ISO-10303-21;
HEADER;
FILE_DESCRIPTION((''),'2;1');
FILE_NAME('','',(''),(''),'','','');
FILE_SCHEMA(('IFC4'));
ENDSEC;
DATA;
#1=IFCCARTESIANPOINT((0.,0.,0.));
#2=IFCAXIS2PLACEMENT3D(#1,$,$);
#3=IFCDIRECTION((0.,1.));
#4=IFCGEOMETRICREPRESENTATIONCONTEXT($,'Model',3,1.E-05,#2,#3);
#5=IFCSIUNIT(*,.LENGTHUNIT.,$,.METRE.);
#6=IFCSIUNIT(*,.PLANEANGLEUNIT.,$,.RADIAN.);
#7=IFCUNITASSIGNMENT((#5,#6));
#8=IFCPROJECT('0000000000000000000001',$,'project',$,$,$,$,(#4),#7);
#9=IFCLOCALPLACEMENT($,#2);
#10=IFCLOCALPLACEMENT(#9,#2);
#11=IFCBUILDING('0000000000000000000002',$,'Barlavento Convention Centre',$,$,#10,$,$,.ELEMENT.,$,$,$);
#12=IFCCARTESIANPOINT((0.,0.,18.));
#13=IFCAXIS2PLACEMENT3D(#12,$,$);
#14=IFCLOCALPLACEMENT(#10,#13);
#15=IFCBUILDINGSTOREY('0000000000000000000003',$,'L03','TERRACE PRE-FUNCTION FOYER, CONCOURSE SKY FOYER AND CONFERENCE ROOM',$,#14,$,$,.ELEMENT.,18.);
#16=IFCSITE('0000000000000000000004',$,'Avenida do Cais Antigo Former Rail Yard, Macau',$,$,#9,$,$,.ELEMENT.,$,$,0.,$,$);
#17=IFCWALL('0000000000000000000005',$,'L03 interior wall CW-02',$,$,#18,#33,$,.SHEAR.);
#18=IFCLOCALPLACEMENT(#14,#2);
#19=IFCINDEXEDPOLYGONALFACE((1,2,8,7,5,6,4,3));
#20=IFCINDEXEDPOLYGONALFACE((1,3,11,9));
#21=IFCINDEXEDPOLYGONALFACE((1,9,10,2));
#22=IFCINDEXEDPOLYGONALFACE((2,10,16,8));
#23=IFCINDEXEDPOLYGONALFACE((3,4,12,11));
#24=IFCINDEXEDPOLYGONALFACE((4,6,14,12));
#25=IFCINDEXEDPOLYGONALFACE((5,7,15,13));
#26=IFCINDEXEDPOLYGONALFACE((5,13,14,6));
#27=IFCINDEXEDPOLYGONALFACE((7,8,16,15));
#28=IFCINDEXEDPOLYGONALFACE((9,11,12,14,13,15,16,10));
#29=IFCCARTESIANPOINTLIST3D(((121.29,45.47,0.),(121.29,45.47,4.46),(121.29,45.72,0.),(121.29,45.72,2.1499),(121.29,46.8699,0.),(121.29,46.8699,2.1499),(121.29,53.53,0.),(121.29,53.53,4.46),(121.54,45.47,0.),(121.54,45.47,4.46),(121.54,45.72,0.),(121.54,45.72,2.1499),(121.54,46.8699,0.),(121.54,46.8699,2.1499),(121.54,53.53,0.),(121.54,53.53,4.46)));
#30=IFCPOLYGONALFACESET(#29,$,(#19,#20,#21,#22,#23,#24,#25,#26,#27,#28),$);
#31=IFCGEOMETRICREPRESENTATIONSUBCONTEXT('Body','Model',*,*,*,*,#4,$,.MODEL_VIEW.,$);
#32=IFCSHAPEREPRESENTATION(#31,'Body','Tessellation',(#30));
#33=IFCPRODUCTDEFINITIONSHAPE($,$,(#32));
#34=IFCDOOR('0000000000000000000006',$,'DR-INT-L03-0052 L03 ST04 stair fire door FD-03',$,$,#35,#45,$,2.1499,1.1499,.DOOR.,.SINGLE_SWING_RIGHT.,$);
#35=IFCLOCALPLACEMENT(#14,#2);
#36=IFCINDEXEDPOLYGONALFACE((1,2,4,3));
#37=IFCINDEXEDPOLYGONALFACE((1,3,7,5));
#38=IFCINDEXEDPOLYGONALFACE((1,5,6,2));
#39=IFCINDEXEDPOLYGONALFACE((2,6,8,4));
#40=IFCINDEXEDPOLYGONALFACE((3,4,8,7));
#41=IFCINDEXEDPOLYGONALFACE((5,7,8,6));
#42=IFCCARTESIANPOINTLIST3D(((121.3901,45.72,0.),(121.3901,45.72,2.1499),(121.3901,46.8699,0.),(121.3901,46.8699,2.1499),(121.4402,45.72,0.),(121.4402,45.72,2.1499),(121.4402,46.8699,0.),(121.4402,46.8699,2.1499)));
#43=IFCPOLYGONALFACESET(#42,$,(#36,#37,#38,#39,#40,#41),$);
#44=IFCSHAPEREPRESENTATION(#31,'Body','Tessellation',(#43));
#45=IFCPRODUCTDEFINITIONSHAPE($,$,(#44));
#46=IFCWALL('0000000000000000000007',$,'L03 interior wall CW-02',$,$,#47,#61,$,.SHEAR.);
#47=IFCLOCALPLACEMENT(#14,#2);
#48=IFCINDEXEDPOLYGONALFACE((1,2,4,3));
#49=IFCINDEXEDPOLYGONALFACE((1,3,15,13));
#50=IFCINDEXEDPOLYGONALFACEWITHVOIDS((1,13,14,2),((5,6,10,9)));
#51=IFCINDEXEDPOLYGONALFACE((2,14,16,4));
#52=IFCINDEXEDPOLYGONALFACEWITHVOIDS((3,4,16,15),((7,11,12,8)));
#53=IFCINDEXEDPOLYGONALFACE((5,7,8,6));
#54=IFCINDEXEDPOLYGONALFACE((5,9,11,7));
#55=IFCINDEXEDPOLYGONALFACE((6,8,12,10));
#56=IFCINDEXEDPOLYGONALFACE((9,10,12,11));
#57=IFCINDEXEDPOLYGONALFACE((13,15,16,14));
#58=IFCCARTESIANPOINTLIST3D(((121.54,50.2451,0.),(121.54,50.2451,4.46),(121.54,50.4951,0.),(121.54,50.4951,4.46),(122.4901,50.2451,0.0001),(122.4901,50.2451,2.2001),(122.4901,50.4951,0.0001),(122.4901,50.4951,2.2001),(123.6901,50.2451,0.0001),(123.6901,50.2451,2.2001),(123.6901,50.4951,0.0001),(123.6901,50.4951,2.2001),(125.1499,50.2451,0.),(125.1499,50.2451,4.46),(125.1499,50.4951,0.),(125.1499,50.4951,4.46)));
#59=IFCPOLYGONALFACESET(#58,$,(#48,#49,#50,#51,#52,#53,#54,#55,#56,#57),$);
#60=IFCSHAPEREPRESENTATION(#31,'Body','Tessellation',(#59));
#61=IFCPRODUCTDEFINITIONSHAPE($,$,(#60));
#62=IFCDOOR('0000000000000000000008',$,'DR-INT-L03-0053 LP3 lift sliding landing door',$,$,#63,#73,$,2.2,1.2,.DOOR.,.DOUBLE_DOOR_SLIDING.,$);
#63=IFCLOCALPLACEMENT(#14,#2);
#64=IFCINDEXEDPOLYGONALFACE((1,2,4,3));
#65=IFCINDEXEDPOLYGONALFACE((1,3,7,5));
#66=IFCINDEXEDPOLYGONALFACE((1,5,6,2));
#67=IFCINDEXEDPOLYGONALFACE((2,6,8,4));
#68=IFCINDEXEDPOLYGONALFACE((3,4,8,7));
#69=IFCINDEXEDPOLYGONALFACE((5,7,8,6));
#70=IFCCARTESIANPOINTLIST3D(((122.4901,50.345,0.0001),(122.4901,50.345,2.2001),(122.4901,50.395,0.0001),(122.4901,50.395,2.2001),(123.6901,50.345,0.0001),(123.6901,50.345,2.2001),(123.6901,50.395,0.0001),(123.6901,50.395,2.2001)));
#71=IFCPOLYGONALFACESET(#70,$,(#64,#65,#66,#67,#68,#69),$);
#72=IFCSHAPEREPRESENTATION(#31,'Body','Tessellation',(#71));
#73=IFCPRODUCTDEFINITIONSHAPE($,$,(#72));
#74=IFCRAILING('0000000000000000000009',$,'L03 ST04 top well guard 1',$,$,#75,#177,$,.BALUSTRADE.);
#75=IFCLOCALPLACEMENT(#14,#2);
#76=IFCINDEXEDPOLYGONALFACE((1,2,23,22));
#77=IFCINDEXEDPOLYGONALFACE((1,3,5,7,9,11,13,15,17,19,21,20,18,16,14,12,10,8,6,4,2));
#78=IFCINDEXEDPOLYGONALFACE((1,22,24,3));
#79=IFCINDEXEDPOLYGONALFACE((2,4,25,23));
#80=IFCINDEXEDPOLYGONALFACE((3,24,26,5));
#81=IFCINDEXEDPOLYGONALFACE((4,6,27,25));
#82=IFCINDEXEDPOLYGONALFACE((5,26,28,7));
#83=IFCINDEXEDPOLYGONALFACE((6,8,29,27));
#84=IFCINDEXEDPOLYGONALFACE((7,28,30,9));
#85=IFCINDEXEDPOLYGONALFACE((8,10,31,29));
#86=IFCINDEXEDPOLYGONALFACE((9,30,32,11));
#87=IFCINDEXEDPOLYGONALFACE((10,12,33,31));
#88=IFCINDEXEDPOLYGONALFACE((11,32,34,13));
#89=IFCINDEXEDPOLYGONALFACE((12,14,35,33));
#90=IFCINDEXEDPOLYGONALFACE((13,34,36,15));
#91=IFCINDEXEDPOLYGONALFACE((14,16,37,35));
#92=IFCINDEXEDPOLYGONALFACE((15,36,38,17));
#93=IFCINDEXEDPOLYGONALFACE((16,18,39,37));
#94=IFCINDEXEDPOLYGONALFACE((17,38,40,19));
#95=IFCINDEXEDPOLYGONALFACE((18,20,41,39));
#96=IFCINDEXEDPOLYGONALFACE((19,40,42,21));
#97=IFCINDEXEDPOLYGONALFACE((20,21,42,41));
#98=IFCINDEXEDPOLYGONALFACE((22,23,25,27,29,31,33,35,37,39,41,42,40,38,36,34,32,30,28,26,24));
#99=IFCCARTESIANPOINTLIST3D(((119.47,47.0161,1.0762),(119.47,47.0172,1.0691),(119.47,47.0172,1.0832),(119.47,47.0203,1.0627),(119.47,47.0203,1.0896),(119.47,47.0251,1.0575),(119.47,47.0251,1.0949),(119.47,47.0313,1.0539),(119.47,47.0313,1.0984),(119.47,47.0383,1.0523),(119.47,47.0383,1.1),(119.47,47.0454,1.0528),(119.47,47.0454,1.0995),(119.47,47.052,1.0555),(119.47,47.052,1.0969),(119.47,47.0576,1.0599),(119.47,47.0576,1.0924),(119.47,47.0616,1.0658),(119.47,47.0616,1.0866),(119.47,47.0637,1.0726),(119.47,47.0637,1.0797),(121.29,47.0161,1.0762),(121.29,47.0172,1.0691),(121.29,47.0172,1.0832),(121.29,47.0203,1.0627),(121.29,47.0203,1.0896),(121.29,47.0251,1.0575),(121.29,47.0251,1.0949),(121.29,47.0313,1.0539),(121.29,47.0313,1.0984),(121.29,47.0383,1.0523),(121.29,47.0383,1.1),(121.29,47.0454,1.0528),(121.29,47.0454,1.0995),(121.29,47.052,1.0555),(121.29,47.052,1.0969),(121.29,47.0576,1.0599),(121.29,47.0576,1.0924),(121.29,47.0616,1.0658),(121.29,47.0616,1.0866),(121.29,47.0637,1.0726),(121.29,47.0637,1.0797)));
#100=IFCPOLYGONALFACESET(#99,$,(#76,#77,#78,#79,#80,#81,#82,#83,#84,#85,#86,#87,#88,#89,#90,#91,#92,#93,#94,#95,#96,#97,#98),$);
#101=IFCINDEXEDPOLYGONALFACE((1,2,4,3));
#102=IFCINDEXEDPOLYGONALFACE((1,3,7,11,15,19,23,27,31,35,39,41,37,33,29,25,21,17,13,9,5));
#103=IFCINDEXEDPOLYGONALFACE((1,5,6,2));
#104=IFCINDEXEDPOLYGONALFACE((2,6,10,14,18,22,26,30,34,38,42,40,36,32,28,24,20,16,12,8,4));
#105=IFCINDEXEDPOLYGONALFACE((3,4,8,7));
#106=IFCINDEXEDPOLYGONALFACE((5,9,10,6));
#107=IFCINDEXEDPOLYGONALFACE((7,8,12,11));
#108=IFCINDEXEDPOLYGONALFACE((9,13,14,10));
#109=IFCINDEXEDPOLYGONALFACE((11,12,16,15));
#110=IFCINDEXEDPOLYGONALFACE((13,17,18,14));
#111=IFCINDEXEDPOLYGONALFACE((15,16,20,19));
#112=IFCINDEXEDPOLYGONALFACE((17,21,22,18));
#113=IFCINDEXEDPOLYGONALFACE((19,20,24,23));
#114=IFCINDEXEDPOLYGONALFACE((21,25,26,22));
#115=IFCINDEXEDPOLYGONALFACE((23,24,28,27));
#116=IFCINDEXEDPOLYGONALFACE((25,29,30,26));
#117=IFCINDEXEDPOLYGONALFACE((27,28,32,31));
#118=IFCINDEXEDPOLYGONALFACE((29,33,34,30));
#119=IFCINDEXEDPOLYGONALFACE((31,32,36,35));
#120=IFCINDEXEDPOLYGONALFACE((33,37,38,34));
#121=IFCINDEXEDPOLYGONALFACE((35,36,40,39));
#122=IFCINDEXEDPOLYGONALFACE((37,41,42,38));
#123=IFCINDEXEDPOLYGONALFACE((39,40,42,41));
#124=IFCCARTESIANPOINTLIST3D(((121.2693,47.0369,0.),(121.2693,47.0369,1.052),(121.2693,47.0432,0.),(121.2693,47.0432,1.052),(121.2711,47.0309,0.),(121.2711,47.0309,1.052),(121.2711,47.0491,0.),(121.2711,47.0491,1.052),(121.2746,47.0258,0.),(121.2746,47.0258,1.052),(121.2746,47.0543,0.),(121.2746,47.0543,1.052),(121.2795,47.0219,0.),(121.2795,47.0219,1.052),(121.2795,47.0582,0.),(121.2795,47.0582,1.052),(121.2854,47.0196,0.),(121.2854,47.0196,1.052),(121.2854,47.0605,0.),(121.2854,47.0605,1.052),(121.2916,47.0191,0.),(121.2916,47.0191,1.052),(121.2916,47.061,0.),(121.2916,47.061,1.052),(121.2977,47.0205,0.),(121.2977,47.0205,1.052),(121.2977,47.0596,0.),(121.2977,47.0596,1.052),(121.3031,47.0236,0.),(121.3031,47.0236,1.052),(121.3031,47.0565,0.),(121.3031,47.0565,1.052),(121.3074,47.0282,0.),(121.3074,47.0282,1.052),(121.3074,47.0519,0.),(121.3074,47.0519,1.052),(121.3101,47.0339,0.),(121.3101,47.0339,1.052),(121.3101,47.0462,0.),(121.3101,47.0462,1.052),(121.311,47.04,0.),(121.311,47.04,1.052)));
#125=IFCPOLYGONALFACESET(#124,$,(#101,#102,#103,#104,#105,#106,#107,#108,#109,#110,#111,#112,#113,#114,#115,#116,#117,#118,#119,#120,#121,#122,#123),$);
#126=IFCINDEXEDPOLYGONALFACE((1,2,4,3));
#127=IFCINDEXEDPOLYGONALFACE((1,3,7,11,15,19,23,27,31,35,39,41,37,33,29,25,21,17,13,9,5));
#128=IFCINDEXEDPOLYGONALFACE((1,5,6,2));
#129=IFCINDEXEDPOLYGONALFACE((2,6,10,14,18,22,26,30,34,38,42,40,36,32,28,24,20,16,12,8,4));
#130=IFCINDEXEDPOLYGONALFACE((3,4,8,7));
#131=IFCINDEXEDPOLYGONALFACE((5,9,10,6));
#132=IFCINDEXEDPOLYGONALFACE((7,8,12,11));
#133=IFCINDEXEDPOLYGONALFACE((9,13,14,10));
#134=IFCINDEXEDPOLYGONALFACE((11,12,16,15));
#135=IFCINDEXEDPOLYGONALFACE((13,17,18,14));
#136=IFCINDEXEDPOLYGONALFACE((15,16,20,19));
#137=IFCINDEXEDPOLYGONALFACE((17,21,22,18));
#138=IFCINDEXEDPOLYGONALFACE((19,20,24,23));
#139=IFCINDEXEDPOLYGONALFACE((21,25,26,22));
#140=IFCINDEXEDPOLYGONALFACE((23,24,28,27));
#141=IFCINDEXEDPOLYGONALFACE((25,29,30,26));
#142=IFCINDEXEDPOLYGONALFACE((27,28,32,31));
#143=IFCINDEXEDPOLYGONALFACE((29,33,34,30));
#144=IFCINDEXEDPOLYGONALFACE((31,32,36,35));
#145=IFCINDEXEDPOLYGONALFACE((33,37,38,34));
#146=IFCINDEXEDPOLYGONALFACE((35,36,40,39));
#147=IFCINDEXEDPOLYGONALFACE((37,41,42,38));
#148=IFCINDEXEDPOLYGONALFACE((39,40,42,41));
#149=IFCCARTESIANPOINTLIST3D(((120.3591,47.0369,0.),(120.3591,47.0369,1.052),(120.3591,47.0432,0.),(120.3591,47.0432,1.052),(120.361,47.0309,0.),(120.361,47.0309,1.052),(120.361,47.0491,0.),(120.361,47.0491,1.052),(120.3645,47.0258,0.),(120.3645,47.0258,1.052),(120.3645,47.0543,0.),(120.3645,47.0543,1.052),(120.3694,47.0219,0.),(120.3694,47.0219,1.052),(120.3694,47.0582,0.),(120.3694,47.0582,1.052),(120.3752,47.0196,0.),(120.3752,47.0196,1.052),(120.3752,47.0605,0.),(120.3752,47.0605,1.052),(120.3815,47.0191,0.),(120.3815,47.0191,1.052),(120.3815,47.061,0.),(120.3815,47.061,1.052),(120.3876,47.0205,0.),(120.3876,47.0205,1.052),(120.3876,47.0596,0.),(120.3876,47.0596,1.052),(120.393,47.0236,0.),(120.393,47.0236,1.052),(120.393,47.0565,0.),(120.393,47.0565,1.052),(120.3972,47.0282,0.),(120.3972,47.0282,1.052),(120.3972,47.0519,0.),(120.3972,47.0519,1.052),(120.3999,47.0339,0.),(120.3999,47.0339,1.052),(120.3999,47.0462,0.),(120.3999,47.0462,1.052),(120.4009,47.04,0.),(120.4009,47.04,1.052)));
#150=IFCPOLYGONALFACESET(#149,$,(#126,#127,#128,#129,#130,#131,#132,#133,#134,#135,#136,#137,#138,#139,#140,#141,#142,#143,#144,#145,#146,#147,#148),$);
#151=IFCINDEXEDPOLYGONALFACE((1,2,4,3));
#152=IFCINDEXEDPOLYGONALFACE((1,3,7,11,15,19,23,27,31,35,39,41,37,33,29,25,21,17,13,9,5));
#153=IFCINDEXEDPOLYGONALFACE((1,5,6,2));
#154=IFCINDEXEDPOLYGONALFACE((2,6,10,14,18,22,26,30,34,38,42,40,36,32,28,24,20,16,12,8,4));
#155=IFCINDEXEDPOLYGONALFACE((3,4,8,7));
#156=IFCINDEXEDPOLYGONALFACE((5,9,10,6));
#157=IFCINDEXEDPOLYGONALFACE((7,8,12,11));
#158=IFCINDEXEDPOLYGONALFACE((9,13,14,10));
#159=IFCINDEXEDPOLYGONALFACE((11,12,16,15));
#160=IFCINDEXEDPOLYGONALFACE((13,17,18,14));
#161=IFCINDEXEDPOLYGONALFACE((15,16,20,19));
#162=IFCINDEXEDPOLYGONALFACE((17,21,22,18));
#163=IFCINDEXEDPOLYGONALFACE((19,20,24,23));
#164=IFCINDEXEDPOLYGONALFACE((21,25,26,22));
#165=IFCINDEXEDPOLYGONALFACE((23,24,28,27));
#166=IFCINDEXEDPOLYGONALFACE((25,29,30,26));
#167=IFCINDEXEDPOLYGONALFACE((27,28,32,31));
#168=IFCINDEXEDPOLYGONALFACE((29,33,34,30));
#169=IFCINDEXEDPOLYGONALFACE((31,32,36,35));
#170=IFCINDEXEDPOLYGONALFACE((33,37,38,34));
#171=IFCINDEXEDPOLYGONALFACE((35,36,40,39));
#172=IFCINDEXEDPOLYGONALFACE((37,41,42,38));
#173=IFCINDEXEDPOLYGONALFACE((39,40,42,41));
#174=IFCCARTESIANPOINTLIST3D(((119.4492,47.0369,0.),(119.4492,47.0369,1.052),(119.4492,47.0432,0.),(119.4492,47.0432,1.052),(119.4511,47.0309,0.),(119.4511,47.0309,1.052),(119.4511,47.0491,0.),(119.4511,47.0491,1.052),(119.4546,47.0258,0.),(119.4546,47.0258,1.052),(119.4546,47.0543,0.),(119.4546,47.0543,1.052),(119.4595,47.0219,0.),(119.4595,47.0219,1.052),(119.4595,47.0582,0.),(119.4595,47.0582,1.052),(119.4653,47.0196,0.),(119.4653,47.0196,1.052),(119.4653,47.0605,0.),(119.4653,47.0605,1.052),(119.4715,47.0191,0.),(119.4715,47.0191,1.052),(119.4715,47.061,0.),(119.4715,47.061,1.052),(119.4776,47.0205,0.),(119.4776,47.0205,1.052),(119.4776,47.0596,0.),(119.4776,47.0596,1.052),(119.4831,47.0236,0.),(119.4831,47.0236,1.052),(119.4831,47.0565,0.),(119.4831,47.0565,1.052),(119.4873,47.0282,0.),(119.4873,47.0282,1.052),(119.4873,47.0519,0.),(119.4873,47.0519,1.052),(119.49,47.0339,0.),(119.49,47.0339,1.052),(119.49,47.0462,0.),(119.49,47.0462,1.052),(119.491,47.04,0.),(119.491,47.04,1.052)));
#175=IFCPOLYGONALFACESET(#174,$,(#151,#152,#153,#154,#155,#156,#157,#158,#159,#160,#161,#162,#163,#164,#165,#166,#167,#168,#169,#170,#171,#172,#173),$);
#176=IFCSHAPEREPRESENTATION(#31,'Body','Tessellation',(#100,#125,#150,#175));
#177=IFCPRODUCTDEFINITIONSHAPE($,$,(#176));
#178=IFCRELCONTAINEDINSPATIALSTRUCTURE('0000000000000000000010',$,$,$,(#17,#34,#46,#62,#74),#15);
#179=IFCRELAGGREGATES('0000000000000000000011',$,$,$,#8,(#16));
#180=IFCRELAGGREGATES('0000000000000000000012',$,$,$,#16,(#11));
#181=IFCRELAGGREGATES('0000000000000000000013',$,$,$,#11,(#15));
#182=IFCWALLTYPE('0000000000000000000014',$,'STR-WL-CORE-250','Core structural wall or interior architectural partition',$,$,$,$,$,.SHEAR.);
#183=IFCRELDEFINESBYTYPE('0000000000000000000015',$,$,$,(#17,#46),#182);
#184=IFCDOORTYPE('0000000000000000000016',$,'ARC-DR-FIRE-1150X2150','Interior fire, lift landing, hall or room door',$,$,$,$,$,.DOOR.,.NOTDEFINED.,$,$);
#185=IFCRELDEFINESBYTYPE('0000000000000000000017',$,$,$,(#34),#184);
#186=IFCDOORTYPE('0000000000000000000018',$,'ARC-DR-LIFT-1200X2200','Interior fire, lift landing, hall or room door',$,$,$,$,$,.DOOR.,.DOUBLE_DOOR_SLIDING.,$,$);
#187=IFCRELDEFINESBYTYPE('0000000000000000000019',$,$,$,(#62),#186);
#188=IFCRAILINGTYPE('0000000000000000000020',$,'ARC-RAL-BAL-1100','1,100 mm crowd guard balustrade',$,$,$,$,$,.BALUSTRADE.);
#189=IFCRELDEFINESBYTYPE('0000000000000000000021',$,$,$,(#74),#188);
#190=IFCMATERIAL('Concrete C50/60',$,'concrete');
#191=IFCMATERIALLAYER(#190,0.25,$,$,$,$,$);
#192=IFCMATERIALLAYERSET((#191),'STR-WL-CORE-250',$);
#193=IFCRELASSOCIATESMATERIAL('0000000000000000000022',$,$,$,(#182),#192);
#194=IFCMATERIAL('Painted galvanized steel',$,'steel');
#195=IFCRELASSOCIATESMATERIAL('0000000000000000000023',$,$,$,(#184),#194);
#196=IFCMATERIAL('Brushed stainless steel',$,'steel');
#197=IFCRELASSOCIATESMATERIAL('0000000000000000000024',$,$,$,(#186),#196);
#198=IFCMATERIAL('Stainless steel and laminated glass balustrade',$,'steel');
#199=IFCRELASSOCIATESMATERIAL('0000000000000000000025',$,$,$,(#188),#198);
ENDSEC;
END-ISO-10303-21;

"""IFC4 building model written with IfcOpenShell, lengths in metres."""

from ifc_helpers import new_model, si_unit, direction, frame, frame_2d, origin, origin_2d, place, context, subcontext, project, spatial, rectangle, circle, extrude, material, layer, layer_set, type_object, element, fill, save


model = new_model("IFC4")

# Units and contexts
model_context = context("Model", 3, precision=1e-05, world=origin(), true_north=direction((0.0, 1.0)))
body_context = subcontext(model_context, "Body", "Model", "MODEL_VIEW")
ifc_project = project(units=[si_unit("LENGTHUNIT", "METRE"), si_unit("PLANEANGLEUNIT", "RADIAN")], contexts=[model_context])

# Site, building, storey
site_placement = place(None, origin())
site = spatial("IfcSite", under=ifc_project, at=site_placement, Name="Avenida do Cais Antigo Former Rail Yard, Macau", CompositionType="ELEMENT", RefElevation=0.0)
building_placement = place(site_placement, origin())
building = spatial("IfcBuilding", under=site, at=building_placement, Name="Barlavento Convention Centre", CompositionType="ELEMENT")
storey_placement = place(building_placement, frame((0.0, 0.0, 18.0)))
storey = spatial("IfcBuildingStorey", under=building, at=storey_placement, Name="L03", Description="TERRACE PRE-FUNCTION FOYER, CONCOURSE SKY FOYER AND CONFERENCE ROOM", CompositionType="ELEMENT", Elevation=18.0)

# Walls, openings, doors
ifc_material_1 = material(Name="Concrete C50/60", Category="concrete")
ifc_layer_1 = layer(ifc_material_1, 0.25)
ifc_layer_set_1 = layer_set([ifc_layer_1], Name="STR-WL-CORE-250")
wall_type = type_object("IfcWallType", Name="STR-WL-CORE-250", Description="Core structural wall or interior architectural partition", PredefinedType="SHEAR", material=ifc_layer_set_1)
ifc_material_2 = material(Name="Painted galvanized steel", Category="steel")
wall_1_placement = place(storey_placement, frame((121.415, 45.47, 0.0), z_axis=(0.0, 0.0, 1.0), x_axis=(0.0, 1.0, 0.0)))
wall_1 = element("IfcWall", 1, at=wall_1_placement, inside=storey, type_object=wall_type, Name="L03 interior wall CW-02", PredefinedType="SHEAR", context=body_context, shape_type="SweptSolid", body=[
    extrude(rectangle(XDim=8.0601, YDim=0.25, at=frame_2d((4.03, 0.0))), origin(), (0.0, 0.0, 1.0), 4.46),
])
opening_1_placement = place(wall_1_placement, frame((0.25, 0.0, 0.0)))
opening_1 = element("IfcOpeningElement", 2, at=opening_1_placement, cuts=wall_1, PredefinedType="OPENING", context=body_context, shape_type="SweptSolid", body=[
    extrude(rectangle(XDim=1.1499, YDim=2.1499, at=frame_2d((0.575, 1.075))), frame((0.0, 0.135, 0.0), z_axis=(0.0, -1.0, 0.0), x_axis=(1.0, 0.0, 0.0)), (0.0, 0.0, 1.0), 0.27),
])
door_type_1 = type_object("IfcDoorType", Name="ARC-DR-FIRE-1150X2150", Description="Interior fire, lift landing, hall or room door", OperationType="NOTDEFINED", PredefinedType="DOOR", material=ifc_material_2)
door_1_placement = place(opening_1_placement, origin())
door_1 = element("IfcDoor", 3, at=door_1_placement, inside=storey, type_object=door_type_1, Name="DR-INT-L03-0052 L03 ST04 stair fire door FD-03", OperationType="SINGLE_SWING_RIGHT", OverallHeight=2.1499, OverallWidth=1.1499, PredefinedType="DOOR", context=body_context, shape_type="SweptSolid", body=[
    extrude(rectangle(XDim=1.1499, YDim=2.1499, at=frame_2d((0.575, 1.075))), frame((0.0, 0.0249, 0.0), z_axis=(0.0, -1.0, 0.0), x_axis=(1.0, 0.0, 0.0)), (0.0, 0.0, 1.0), 0.05),
])
fill(opening_1, door_1)
wall_2_placement = place(storey_placement, frame((121.54, 50.3701, 0.0), z_axis=(0.0, 0.0, 1.0), x_axis=(1.0, 0.0, 0.0)))
wall_2 = element("IfcWall", 4, at=wall_2_placement, inside=storey, type_object=wall_type, Name="L03 interior wall CW-02", PredefinedType="SHEAR", context=body_context, shape_type="SweptSolid", body=[
    extrude(rectangle(XDim=3.6099, YDim=0.25, at=frame_2d((1.8049, 0.0))), origin(), (0.0, 0.0, 1.0), 4.46),
])
opening_2_placement = place(wall_2_placement, frame((0.95, 0.0, 0.0)))
opening_2 = element("IfcOpeningElement", 5, at=opening_2_placement, cuts=wall_2, PredefinedType="OPENING", context=body_context, shape_type="SweptSolid", body=[
    extrude(rectangle(XDim=1.2, YDim=2.2, at=frame_2d((0.6001, 1.1001))), frame((0.0, 0.135, 0.0), z_axis=(0.0, -1.0, 0.0), x_axis=(1.0, 0.0, 0.0)), (0.0, 0.0, 1.0), 0.27),
])
ifc_material_3 = material(Name="Brushed stainless steel", Category="steel")
door_type_2 = type_object("IfcDoorType", Name="ARC-DR-LIFT-1200X2200", Description="Interior fire, lift landing, hall or room door", OperationType="DOUBLE_DOOR_SLIDING", PredefinedType="DOOR", material=ifc_material_3)
door_2_placement = place(opening_2_placement, origin())
door_2 = element("IfcDoor", 6, at=door_2_placement, inside=storey, type_object=door_type_2, Name="DR-INT-L03-0053 LP3 lift sliding landing door", OperationType="DOUBLE_DOOR_SLIDING", OverallHeight=2.2, OverallWidth=1.2, PredefinedType="DOOR", context=body_context, shape_type="SweptSolid", body=[
    extrude(rectangle(XDim=1.2, YDim=2.2, at=frame_2d((0.6001, 1.1001))), frame((0.0, 0.0249, 0.0), z_axis=(0.0, -1.0, 0.0), x_axis=(1.0, 0.0, 0.0)), (0.0, 0.0, 1.0), 0.05),
])
fill(opening_2, door_2)

# Railing
ifc_material_4 = material(Name="Stainless steel and laminated glass balustrade", Category="steel")
railing_type = type_object("IfcRailingType", Name="ARC-RAL-BAL-1100", Description="1,100 mm crowd guard balustrade", PredefinedType="BALUSTRADE", material=ifc_material_4)
railing_1_placement = place(storey_placement, frame((121.29, 47.04, 0.0)))
element("IfcRailing", 7, at=railing_1_placement, inside=storey, type_object=railing_type, Name="L03 ST04 top well guard 1", PredefinedType="BALUSTRADE", context=body_context, shape_type="SweptSolid", body=[
    extrude(circle(Radius=0.0239, at=origin_2d()), frame((0.0, 0.0, 1.0762), z_axis=(-1.0, 0.0, 0.0), x_axis=(0.0, -1.0, 0.0)), (0.0, 0.0, 1.0), 1.8201),
    extrude(circle(Radius=0.021, at=origin_2d()), origin(), (0.0, 0.0, 1.0), 1.052),
    extrude(circle(Radius=0.021, at=origin_2d()), frame((-0.9102, 0.0, 0.0)), (0.0, 0.0, 1.0), 1.052),
    extrude(circle(Radius=0.021, at=origin_2d()), frame((-1.8201, 0.0, 0.0)), (0.0, 0.0, 1.0), 1.052),
])

save(model, "model.ifc")
